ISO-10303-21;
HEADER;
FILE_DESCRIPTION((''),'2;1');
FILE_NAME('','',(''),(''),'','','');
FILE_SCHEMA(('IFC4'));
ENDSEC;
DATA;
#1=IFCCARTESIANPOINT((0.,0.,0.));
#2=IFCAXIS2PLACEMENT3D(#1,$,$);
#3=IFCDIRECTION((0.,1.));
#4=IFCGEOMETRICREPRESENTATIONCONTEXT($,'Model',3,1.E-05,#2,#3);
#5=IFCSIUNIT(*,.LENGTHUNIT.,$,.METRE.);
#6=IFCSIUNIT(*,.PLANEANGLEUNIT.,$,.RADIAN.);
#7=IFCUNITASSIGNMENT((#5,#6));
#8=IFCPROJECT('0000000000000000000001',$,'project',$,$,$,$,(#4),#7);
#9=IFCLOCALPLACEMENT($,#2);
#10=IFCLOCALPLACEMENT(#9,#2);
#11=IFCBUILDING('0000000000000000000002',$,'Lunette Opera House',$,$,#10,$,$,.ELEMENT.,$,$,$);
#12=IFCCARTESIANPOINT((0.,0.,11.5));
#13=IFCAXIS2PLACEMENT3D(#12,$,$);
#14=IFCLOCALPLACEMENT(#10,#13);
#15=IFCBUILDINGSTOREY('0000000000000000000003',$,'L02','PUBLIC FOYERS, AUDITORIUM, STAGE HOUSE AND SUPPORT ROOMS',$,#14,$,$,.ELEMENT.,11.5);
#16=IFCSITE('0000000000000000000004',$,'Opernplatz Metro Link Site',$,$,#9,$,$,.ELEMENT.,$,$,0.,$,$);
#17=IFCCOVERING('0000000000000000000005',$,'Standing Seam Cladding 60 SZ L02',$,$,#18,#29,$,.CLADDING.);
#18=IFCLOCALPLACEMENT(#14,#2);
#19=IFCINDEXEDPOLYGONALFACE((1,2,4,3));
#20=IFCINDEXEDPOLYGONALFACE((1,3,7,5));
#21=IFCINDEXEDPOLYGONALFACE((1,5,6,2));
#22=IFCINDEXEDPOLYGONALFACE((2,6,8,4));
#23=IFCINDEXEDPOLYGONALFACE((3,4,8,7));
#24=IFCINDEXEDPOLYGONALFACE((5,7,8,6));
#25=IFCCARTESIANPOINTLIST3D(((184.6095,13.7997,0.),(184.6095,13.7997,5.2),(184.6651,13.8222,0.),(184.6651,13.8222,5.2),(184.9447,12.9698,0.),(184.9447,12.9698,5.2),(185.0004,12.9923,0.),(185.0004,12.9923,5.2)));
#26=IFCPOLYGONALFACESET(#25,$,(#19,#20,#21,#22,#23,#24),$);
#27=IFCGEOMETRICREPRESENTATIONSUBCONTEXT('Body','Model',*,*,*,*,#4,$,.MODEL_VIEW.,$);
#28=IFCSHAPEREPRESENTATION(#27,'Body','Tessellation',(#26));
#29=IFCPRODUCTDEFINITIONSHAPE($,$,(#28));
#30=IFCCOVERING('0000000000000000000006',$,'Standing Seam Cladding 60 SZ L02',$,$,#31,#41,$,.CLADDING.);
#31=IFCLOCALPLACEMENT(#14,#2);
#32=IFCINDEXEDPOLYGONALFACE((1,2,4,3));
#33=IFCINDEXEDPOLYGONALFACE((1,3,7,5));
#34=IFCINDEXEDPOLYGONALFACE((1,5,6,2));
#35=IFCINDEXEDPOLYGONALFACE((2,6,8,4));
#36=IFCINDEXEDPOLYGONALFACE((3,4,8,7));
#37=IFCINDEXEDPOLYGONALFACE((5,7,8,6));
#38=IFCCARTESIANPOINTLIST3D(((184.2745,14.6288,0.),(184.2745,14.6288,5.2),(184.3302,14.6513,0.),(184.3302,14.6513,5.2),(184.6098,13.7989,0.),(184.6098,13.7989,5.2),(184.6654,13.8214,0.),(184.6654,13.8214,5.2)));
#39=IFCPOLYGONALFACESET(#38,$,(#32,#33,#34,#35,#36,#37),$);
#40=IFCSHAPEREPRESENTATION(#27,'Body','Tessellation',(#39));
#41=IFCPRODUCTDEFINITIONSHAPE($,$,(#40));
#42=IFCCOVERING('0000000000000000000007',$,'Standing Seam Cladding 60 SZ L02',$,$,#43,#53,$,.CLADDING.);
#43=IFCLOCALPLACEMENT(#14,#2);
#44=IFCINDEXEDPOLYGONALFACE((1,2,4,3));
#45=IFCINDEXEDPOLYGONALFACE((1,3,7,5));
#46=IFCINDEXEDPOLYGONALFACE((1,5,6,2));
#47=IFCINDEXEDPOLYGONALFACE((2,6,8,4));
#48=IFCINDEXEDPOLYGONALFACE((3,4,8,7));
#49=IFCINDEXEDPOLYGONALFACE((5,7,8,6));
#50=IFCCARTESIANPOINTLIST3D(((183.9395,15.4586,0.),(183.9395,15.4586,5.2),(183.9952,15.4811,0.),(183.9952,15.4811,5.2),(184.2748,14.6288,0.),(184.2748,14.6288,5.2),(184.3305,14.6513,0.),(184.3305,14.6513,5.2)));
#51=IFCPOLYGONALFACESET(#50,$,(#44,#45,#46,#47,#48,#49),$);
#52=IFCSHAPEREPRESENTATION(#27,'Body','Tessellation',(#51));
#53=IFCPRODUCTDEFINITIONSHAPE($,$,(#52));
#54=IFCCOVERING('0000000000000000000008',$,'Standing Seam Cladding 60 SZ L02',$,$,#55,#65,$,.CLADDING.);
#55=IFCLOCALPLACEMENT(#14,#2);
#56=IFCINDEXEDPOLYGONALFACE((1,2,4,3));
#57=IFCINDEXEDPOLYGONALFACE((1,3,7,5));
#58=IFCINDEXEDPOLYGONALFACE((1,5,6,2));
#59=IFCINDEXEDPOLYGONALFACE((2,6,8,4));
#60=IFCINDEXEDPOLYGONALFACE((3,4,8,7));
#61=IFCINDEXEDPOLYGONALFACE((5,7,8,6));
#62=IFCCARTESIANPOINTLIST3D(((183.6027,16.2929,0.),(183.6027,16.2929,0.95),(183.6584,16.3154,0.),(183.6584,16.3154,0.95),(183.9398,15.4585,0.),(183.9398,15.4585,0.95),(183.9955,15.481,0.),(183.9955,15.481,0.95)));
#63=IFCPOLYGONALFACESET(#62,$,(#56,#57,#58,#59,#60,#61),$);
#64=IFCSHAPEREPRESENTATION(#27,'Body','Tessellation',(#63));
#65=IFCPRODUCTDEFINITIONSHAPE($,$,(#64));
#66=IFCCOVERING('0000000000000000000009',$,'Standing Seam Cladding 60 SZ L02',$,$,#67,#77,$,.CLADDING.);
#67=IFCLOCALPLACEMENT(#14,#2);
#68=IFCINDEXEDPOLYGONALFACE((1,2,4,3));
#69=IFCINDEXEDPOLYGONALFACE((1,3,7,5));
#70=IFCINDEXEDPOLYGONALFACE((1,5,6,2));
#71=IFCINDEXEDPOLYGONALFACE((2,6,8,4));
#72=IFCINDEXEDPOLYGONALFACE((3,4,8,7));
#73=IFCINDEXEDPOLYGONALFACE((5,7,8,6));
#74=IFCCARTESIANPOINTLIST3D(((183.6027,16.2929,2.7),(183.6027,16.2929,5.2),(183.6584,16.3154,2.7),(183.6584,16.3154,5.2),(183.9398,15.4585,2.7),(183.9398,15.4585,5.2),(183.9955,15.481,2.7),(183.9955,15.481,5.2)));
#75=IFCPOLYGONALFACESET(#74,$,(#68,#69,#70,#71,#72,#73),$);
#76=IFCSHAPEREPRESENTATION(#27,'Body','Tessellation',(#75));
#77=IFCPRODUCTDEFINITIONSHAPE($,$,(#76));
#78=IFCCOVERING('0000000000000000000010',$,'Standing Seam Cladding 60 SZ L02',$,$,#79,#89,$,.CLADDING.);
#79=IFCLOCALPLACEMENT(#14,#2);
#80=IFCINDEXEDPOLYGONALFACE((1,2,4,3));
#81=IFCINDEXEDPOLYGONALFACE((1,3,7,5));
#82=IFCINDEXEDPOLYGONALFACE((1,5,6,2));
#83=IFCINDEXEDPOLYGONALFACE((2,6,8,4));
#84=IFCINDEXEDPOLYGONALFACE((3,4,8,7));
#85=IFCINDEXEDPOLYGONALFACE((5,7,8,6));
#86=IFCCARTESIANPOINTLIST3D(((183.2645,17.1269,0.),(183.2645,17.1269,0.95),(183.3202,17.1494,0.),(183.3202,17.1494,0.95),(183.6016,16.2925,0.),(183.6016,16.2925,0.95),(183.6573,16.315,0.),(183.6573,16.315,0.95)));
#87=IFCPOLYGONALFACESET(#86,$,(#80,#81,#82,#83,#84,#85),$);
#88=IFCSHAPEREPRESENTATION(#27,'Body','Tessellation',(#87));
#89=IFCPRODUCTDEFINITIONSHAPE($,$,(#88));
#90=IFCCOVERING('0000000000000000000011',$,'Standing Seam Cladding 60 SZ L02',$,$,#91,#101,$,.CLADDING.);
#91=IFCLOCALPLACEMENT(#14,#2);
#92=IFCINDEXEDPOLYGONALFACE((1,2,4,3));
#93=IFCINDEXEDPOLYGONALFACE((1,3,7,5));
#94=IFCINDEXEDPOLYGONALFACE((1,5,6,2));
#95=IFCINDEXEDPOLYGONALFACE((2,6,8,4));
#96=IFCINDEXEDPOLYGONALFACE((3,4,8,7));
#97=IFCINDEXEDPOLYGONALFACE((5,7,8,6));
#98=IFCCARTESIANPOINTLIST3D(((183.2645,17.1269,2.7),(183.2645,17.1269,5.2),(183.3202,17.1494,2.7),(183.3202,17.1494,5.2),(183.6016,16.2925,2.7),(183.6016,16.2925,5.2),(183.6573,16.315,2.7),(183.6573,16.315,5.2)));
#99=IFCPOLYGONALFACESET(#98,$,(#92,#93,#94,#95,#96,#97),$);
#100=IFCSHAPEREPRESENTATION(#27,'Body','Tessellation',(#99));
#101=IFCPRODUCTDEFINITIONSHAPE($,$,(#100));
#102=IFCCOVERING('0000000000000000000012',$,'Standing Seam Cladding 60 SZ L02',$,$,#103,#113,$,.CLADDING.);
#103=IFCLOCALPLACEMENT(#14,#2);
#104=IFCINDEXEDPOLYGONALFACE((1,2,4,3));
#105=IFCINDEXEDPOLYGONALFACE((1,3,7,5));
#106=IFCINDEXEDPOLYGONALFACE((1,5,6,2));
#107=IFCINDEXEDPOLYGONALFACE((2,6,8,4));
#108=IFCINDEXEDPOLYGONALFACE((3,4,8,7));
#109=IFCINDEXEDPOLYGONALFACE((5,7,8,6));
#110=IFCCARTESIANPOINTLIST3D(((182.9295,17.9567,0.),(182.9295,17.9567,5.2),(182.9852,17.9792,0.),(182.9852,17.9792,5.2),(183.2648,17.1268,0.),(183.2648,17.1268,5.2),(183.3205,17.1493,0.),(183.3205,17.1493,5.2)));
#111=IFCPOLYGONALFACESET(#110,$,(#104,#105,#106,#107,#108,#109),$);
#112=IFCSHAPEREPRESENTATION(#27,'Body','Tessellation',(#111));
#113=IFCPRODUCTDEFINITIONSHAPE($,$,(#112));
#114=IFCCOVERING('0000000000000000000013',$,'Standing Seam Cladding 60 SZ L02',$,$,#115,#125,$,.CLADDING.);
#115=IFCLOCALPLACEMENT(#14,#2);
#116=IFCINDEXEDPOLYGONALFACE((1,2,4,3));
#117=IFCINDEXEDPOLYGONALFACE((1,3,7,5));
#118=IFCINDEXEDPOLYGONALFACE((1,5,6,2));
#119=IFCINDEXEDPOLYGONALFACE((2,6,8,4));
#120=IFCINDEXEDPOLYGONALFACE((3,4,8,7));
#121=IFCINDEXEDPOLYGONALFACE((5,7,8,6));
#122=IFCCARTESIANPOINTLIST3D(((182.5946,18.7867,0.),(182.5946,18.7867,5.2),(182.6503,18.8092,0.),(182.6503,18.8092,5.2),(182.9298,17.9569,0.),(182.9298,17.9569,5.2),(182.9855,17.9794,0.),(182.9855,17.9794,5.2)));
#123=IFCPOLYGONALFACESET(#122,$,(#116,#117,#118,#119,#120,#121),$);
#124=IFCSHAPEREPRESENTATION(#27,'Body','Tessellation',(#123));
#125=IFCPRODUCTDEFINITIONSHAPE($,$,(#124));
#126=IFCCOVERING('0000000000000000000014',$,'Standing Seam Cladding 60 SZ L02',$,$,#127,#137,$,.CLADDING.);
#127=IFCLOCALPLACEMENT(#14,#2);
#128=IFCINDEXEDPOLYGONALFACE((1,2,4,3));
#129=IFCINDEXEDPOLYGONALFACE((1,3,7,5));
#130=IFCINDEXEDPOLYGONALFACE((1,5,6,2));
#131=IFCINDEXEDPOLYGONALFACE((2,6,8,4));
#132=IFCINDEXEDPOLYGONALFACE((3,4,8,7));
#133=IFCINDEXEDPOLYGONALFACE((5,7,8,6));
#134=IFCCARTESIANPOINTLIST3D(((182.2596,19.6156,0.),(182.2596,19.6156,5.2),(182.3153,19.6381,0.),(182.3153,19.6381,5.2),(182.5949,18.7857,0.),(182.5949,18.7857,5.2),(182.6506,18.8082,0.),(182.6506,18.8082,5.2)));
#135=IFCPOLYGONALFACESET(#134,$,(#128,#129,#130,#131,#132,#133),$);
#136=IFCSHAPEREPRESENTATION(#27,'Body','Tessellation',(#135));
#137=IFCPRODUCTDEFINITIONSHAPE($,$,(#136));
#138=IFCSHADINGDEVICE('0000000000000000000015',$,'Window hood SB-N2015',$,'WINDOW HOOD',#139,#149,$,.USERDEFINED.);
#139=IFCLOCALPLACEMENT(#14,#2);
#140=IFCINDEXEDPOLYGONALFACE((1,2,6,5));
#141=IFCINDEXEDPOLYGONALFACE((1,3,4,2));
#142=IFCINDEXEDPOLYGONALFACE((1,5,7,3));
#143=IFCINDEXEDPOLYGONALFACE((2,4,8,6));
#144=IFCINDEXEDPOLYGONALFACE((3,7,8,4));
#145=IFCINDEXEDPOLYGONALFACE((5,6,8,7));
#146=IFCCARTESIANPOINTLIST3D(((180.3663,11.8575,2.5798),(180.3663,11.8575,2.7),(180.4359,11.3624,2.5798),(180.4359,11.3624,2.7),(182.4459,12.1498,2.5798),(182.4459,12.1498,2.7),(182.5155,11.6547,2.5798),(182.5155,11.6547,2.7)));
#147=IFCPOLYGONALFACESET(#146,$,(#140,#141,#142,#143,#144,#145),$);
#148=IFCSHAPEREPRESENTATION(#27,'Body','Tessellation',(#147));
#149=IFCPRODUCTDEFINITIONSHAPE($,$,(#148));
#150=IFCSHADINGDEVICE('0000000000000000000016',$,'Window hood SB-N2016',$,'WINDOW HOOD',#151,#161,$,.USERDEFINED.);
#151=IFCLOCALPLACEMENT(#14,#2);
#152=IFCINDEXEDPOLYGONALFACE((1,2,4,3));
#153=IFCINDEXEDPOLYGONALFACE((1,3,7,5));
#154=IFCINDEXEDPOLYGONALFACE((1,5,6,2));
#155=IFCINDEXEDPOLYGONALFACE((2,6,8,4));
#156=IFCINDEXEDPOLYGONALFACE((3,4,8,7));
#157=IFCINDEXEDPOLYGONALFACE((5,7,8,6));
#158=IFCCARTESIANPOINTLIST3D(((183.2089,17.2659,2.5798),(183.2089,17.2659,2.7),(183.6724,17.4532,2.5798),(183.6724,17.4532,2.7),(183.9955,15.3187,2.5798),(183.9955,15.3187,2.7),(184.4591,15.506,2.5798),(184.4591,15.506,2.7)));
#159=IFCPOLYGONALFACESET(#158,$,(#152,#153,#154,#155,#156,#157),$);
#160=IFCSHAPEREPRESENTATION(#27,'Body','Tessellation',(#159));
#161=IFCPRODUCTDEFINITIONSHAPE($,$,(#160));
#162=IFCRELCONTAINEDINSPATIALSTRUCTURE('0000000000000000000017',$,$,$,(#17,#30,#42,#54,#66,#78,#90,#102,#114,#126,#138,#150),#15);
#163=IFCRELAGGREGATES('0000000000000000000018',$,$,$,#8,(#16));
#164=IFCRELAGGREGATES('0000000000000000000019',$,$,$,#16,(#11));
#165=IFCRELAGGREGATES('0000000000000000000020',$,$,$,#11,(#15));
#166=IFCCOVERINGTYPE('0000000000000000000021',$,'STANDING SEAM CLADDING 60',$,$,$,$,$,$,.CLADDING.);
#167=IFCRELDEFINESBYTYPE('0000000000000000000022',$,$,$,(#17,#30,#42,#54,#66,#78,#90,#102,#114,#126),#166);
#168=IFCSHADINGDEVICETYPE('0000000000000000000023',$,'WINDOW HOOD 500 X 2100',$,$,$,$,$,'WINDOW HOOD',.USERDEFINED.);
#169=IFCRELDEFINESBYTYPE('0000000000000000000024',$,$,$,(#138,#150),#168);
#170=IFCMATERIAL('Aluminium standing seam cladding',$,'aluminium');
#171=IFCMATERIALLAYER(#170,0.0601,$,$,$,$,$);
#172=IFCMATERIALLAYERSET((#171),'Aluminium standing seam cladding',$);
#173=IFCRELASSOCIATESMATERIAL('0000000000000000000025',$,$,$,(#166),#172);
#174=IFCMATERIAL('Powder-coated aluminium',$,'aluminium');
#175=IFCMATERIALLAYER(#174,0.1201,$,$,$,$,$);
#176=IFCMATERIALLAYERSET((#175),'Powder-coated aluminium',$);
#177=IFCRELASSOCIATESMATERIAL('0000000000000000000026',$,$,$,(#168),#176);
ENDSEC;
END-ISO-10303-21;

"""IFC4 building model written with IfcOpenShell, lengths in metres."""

from ifc_helpers import new_model, si_unit, direction, frame, origin, origin_2d, place, context, subcontext, project, spatial, rectangle, extrude, material, layer, layer_set, type_object, element, save


model = new_model("IFC4")

# Units and contexts
model_context = context("Model", 3, precision=1e-05, world=origin(), true_north=direction((0.0, 1.0)))
body_context = subcontext(model_context, "Body", "Model", "MODEL_VIEW")
ifc_project = project(units=[si_unit("LENGTHUNIT", "METRE"), si_unit("PLANEANGLEUNIT", "RADIAN")], contexts=[model_context])

# Site, building, storey
site_placement = place(None, origin())
site = spatial("IfcSite", under=ifc_project, at=site_placement, Name="Opernplatz Metro Link Site", CompositionType="ELEMENT", RefElevation=0.0)
building_placement = place(site_placement, origin())
building = spatial("IfcBuilding", under=site, at=building_placement, Name="Lunette Opera House", CompositionType="ELEMENT")
storey_placement = place(building_placement, frame((0.0, 0.0, 11.5)))
storey = spatial("IfcBuildingStorey", under=building, at=storey_placement, Name="L02", Description="PUBLIC FOYERS, AUDITORIUM, STAGE HOUSE AND SUPPORT ROOMS", CompositionType="ELEMENT", Elevation=11.5)

# Coverings
ifc_material_1 = material(Name="Aluminium standing seam cladding", Category="aluminium")
ifc_layer_1 = layer(ifc_material_1, 0.0601)
ifc_layer_set_1 = layer_set([ifc_layer_1], Name="Aluminium standing seam cladding")
covering_type = type_object("IfcCoveringType", Name="STANDING SEAM CLADDING 60", PredefinedType="CLADDING", material=ifc_layer_set_1)
for number, where, z_axis, x_axis, name in (
    (1, (184.8049, 13.396, 0.0), (0.0, 0.0, 1.0), (-0.374587, 0.927192, 0.0), "Standing Seam Cladding 60 SZ L02"),
    (2, (184.47, 14.2251, 0.0), (0.0, 0.0, 1.0), (-0.374587, 0.927192, 0.0), "Standing Seam Cladding 60 SZ L02"),
    (3, (184.135, 15.0549, 0.0), (0.0, 0.0, 1.0), (-0.374587, 0.927192, 0.0), "Standing Seam Cladding 60 SZ L02"),
):
    element("IfcCovering", number, at=place(storey_placement, frame(where, z_axis=z_axis, x_axis=x_axis)), inside=storey, type_object=covering_type, Name=name, PredefinedType="CLADDING", context=body_context, shape_type="SweptSolid", body=[
        extrude(rectangle(XDim=0.895, YDim=0.0601, at=origin_2d()), origin(), (0.0, 0.0, 1.0), 5.2),
    ])
covering_1_placement = place(storey_placement, frame((183.7991, 15.887, 0.0), z_axis=(0.0, 0.0, 1.0), x_axis=(-0.374587, 0.927192, 0.0)))
element("IfcCovering", 4, at=covering_1_placement, inside=storey, type_object=covering_type, Name="Standing Seam Cladding 60 SZ L02", PredefinedType="CLADDING", context=body_context, shape_type="SweptSolid", body=[
    extrude(rectangle(XDim=0.8999, YDim=0.0601, at=origin_2d()), origin(), (0.0, 0.0, 1.0), 0.95),
])
covering_2_placement = place(storey_placement, frame((183.7991, 15.887, 2.7), z_axis=(0.0, 0.0, 1.0), x_axis=(-0.374587, 0.927192, 0.0)))
element("IfcCovering", 5, at=covering_2_placement, inside=storey, type_object=covering_type, Name="Standing Seam Cladding 60 SZ L02", PredefinedType="CLADDING", context=body_context, shape_type="SweptSolid", body=[
    extrude(rectangle(XDim=0.8999, YDim=0.0601, at=origin_2d()), origin(), (0.0, 0.0, 1.0), 2.5),
])
covering_3_placement = place(storey_placement, frame((183.4609, 16.7209, 0.0), z_axis=(0.0, 0.0, 1.0), x_axis=(-0.374587, 0.927192, 0.0)))
element("IfcCovering", 6, at=covering_3_placement, inside=storey, type_object=covering_type, Name="Standing Seam Cladding 60 SZ L02", PredefinedType="CLADDING", context=body_context, shape_type="SweptSolid", body=[
    extrude(rectangle(XDim=0.8999, YDim=0.0601, at=origin_2d()), origin(), (0.0, 0.0, 1.0), 0.95),
])
covering_4_placement = place(storey_placement, frame((183.4609, 16.7209, 2.7), z_axis=(0.0, 0.0, 1.0), x_axis=(-0.374587, 0.927192, 0.0)))
element("IfcCovering", 7, at=covering_4_placement, inside=storey, type_object=covering_type, Name="Standing Seam Cladding 60 SZ L02", PredefinedType="CLADDING", context=body_context, shape_type="SweptSolid", body=[
    extrude(rectangle(XDim=0.8999, YDim=0.0601, at=origin_2d()), origin(), (0.0, 0.0, 1.0), 2.5),
])
for number, where, z_axis, x_axis, name in (
    (8, (183.125, 17.553, 0.0), (0.0, 0.0, 1.0), (-0.374587, 0.927192, 0.0), "Standing Seam Cladding 60 SZ L02"),
    (9, (182.79, 18.3831, 0.0), (0.0, 0.0, 1.0), (-0.374587, 0.927192, 0.0), "Standing Seam Cladding 60 SZ L02"),
    (10, (182.4551, 19.2119, 0.0), (0.0, 0.0, 1.0), (-0.374587, 0.927192, 0.0), "Standing Seam Cladding 60 SZ L02"),
):
    element("IfcCovering", number, at=place(storey_placement, frame(where, z_axis=z_axis, x_axis=x_axis)), inside=storey, type_object=covering_type, Name=name, PredefinedType="CLADDING", context=body_context, shape_type="SweptSolid", body=[
        extrude(rectangle(XDim=0.895, YDim=0.0601, at=origin_2d()), origin(), (0.0, 0.0, 1.0), 5.2),
    ])

# Shading devices
ifc_material_2 = material(Name="Powder-coated aluminium", Category="aluminium")
ifc_layer_2 = layer(ifc_material_2, 0.1201)
ifc_layer_set_2 = layer_set([ifc_layer_2], Name="Powder-coated aluminium")
shading_device_type = type_object("IfcShadingDeviceType", Name="WINDOW HOOD 500 X 2100", ElementType="WINDOW HOOD", PredefinedType="USERDEFINED", material=ifc_layer_set_2)
for number, where, z_axis, x_axis, name in (
    (11, (181.4409, 11.7561, 2.5798), (0.0, 0.0, 1.0), (0.139206, -0.990263, 0.0), "Window hood SB-N2015"),
    (12, (183.834, 16.386, 2.5798), (0.0, 0.0, 1.0), (0.927192, 0.374587, 0.0), "Window hood SB-N2016"),
):
    element("IfcShadingDevice", number, at=place(storey_placement, frame(where, z_axis=z_axis, x_axis=x_axis)), inside=storey, type_object=shading_device_type, Name=name, ObjectType="WINDOW HOOD", PredefinedType="USERDEFINED", context=body_context, shape_type="SweptSolid", body=[
        extrude(rectangle(XDim=0.5, YDim=2.1001, at=origin_2d()), origin(), (0.0, 0.0, 1.0), 0.1201),
    ])

save(model, "model.ifc")
